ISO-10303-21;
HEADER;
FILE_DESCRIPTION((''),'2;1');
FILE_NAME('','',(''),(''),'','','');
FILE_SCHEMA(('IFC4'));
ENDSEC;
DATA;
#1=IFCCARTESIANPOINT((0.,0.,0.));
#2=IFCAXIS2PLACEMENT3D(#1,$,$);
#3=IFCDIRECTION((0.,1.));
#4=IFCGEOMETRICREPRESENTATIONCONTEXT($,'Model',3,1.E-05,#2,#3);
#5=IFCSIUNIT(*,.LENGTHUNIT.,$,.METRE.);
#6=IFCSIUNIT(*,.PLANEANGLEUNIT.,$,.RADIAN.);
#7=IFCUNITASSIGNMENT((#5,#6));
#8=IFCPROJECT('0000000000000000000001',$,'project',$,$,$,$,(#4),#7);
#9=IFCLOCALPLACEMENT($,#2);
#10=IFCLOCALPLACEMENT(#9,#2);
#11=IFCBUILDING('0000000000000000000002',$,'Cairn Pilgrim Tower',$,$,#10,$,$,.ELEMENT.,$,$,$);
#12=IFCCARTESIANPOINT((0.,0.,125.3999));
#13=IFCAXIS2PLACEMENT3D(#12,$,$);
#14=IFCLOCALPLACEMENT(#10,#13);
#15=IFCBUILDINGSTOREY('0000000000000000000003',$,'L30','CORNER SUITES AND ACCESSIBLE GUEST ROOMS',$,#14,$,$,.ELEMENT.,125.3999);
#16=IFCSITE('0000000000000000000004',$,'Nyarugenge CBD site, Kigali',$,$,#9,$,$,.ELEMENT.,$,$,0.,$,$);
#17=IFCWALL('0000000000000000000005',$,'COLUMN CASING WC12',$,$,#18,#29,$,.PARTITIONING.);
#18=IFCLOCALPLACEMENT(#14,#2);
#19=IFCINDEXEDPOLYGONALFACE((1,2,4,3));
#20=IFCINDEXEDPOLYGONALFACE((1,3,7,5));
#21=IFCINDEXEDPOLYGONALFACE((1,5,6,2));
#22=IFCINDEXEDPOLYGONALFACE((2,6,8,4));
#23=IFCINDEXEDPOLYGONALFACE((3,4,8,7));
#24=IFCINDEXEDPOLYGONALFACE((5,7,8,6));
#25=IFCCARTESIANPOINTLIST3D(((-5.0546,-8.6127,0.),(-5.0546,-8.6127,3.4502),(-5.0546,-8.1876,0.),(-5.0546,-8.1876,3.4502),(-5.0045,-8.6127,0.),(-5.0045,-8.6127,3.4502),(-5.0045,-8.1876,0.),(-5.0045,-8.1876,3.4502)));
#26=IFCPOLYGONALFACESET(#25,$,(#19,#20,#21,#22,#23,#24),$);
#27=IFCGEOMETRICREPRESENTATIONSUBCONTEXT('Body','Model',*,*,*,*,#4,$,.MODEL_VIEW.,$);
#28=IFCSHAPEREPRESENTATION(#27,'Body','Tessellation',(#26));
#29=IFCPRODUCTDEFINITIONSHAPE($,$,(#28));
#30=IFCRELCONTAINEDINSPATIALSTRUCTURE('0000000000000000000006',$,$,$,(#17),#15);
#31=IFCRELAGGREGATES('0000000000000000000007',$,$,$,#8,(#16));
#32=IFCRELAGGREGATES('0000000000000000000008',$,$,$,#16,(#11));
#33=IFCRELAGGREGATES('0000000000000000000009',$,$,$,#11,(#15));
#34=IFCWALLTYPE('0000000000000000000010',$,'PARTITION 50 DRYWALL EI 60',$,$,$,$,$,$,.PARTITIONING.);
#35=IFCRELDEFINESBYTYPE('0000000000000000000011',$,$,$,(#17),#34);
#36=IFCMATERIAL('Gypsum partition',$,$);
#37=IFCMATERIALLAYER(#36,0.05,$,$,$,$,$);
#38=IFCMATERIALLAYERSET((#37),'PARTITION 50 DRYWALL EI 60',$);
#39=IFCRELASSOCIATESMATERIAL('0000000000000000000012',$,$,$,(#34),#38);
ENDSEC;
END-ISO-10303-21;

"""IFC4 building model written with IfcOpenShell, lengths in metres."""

from ifc_helpers import new_model, si_unit, direction, frame, frame_2d, origin, place, context, subcontext, project, spatial, rectangle, extrude, material, layer, layer_set, type_object, element, save


model = new_model("IFC4")

# Units and contexts
model_context = context("Model", 3, precision=1e-05, world=origin(), true_north=direction((0.0, 1.0)))
body_context = subcontext(model_context, "Body", "Model", "MODEL_VIEW")
ifc_project = project(units=[si_unit("LENGTHUNIT", "METRE"), si_unit("PLANEANGLEUNIT", "RADIAN")], contexts=[model_context])

# Site, building, storey
site_placement = place(None, origin())
site = spatial("IfcSite", under=ifc_project, at=site_placement, Name="Nyarugenge CBD site, Kigali", CompositionType="ELEMENT", RefElevation=0.0)
building_placement = place(site_placement, origin())
building = spatial("IfcBuilding", under=site, at=building_placement, Name="Cairn Pilgrim Tower", CompositionType="ELEMENT")
storey_placement = place(building_placement, frame((0.0, 0.0, 125.3999)))
storey = spatial("IfcBuildingStorey", under=building, at=storey_placement, Name="L30", Description="CORNER SUITES AND ACCESSIBLE GUEST ROOMS", CompositionType="ELEMENT", Elevation=125.3999)

# Shared definitions
ifc_material_1 = material(Name="Gypsum partition")

# Wall
ifc_layer_1 = layer(ifc_material_1, 0.05)
ifc_layer_set_1 = layer_set([ifc_layer_1], Name="PARTITION 50 DRYWALL EI 60")
wall_type_1 = type_object("IfcWallType", Name="PARTITION 50 DRYWALL EI 60", PredefinedType="PARTITIONING", material=ifc_layer_set_1)
wall_1_placement = place(storey_placement, frame((-5.0295, -8.6125, 0.0), z_axis=(0.0, 0.0, 1.0), x_axis=(0.0, 1.0, 0.0)))
element("IfcWall", 1, at=wall_1_placement, inside=storey, type_object=wall_type_1, Name="COLUMN CASING WC12", PredefinedType="PARTITIONING", context=body_context, shape_type="SweptSolid", body=[
    extrude(rectangle(XDim=0.425, YDim=0.05, at=frame_2d((0.2124, 0.0))), origin(), (0.0, 0.0, 1.0), 3.4502),
])

save(model, "model.ifc")
